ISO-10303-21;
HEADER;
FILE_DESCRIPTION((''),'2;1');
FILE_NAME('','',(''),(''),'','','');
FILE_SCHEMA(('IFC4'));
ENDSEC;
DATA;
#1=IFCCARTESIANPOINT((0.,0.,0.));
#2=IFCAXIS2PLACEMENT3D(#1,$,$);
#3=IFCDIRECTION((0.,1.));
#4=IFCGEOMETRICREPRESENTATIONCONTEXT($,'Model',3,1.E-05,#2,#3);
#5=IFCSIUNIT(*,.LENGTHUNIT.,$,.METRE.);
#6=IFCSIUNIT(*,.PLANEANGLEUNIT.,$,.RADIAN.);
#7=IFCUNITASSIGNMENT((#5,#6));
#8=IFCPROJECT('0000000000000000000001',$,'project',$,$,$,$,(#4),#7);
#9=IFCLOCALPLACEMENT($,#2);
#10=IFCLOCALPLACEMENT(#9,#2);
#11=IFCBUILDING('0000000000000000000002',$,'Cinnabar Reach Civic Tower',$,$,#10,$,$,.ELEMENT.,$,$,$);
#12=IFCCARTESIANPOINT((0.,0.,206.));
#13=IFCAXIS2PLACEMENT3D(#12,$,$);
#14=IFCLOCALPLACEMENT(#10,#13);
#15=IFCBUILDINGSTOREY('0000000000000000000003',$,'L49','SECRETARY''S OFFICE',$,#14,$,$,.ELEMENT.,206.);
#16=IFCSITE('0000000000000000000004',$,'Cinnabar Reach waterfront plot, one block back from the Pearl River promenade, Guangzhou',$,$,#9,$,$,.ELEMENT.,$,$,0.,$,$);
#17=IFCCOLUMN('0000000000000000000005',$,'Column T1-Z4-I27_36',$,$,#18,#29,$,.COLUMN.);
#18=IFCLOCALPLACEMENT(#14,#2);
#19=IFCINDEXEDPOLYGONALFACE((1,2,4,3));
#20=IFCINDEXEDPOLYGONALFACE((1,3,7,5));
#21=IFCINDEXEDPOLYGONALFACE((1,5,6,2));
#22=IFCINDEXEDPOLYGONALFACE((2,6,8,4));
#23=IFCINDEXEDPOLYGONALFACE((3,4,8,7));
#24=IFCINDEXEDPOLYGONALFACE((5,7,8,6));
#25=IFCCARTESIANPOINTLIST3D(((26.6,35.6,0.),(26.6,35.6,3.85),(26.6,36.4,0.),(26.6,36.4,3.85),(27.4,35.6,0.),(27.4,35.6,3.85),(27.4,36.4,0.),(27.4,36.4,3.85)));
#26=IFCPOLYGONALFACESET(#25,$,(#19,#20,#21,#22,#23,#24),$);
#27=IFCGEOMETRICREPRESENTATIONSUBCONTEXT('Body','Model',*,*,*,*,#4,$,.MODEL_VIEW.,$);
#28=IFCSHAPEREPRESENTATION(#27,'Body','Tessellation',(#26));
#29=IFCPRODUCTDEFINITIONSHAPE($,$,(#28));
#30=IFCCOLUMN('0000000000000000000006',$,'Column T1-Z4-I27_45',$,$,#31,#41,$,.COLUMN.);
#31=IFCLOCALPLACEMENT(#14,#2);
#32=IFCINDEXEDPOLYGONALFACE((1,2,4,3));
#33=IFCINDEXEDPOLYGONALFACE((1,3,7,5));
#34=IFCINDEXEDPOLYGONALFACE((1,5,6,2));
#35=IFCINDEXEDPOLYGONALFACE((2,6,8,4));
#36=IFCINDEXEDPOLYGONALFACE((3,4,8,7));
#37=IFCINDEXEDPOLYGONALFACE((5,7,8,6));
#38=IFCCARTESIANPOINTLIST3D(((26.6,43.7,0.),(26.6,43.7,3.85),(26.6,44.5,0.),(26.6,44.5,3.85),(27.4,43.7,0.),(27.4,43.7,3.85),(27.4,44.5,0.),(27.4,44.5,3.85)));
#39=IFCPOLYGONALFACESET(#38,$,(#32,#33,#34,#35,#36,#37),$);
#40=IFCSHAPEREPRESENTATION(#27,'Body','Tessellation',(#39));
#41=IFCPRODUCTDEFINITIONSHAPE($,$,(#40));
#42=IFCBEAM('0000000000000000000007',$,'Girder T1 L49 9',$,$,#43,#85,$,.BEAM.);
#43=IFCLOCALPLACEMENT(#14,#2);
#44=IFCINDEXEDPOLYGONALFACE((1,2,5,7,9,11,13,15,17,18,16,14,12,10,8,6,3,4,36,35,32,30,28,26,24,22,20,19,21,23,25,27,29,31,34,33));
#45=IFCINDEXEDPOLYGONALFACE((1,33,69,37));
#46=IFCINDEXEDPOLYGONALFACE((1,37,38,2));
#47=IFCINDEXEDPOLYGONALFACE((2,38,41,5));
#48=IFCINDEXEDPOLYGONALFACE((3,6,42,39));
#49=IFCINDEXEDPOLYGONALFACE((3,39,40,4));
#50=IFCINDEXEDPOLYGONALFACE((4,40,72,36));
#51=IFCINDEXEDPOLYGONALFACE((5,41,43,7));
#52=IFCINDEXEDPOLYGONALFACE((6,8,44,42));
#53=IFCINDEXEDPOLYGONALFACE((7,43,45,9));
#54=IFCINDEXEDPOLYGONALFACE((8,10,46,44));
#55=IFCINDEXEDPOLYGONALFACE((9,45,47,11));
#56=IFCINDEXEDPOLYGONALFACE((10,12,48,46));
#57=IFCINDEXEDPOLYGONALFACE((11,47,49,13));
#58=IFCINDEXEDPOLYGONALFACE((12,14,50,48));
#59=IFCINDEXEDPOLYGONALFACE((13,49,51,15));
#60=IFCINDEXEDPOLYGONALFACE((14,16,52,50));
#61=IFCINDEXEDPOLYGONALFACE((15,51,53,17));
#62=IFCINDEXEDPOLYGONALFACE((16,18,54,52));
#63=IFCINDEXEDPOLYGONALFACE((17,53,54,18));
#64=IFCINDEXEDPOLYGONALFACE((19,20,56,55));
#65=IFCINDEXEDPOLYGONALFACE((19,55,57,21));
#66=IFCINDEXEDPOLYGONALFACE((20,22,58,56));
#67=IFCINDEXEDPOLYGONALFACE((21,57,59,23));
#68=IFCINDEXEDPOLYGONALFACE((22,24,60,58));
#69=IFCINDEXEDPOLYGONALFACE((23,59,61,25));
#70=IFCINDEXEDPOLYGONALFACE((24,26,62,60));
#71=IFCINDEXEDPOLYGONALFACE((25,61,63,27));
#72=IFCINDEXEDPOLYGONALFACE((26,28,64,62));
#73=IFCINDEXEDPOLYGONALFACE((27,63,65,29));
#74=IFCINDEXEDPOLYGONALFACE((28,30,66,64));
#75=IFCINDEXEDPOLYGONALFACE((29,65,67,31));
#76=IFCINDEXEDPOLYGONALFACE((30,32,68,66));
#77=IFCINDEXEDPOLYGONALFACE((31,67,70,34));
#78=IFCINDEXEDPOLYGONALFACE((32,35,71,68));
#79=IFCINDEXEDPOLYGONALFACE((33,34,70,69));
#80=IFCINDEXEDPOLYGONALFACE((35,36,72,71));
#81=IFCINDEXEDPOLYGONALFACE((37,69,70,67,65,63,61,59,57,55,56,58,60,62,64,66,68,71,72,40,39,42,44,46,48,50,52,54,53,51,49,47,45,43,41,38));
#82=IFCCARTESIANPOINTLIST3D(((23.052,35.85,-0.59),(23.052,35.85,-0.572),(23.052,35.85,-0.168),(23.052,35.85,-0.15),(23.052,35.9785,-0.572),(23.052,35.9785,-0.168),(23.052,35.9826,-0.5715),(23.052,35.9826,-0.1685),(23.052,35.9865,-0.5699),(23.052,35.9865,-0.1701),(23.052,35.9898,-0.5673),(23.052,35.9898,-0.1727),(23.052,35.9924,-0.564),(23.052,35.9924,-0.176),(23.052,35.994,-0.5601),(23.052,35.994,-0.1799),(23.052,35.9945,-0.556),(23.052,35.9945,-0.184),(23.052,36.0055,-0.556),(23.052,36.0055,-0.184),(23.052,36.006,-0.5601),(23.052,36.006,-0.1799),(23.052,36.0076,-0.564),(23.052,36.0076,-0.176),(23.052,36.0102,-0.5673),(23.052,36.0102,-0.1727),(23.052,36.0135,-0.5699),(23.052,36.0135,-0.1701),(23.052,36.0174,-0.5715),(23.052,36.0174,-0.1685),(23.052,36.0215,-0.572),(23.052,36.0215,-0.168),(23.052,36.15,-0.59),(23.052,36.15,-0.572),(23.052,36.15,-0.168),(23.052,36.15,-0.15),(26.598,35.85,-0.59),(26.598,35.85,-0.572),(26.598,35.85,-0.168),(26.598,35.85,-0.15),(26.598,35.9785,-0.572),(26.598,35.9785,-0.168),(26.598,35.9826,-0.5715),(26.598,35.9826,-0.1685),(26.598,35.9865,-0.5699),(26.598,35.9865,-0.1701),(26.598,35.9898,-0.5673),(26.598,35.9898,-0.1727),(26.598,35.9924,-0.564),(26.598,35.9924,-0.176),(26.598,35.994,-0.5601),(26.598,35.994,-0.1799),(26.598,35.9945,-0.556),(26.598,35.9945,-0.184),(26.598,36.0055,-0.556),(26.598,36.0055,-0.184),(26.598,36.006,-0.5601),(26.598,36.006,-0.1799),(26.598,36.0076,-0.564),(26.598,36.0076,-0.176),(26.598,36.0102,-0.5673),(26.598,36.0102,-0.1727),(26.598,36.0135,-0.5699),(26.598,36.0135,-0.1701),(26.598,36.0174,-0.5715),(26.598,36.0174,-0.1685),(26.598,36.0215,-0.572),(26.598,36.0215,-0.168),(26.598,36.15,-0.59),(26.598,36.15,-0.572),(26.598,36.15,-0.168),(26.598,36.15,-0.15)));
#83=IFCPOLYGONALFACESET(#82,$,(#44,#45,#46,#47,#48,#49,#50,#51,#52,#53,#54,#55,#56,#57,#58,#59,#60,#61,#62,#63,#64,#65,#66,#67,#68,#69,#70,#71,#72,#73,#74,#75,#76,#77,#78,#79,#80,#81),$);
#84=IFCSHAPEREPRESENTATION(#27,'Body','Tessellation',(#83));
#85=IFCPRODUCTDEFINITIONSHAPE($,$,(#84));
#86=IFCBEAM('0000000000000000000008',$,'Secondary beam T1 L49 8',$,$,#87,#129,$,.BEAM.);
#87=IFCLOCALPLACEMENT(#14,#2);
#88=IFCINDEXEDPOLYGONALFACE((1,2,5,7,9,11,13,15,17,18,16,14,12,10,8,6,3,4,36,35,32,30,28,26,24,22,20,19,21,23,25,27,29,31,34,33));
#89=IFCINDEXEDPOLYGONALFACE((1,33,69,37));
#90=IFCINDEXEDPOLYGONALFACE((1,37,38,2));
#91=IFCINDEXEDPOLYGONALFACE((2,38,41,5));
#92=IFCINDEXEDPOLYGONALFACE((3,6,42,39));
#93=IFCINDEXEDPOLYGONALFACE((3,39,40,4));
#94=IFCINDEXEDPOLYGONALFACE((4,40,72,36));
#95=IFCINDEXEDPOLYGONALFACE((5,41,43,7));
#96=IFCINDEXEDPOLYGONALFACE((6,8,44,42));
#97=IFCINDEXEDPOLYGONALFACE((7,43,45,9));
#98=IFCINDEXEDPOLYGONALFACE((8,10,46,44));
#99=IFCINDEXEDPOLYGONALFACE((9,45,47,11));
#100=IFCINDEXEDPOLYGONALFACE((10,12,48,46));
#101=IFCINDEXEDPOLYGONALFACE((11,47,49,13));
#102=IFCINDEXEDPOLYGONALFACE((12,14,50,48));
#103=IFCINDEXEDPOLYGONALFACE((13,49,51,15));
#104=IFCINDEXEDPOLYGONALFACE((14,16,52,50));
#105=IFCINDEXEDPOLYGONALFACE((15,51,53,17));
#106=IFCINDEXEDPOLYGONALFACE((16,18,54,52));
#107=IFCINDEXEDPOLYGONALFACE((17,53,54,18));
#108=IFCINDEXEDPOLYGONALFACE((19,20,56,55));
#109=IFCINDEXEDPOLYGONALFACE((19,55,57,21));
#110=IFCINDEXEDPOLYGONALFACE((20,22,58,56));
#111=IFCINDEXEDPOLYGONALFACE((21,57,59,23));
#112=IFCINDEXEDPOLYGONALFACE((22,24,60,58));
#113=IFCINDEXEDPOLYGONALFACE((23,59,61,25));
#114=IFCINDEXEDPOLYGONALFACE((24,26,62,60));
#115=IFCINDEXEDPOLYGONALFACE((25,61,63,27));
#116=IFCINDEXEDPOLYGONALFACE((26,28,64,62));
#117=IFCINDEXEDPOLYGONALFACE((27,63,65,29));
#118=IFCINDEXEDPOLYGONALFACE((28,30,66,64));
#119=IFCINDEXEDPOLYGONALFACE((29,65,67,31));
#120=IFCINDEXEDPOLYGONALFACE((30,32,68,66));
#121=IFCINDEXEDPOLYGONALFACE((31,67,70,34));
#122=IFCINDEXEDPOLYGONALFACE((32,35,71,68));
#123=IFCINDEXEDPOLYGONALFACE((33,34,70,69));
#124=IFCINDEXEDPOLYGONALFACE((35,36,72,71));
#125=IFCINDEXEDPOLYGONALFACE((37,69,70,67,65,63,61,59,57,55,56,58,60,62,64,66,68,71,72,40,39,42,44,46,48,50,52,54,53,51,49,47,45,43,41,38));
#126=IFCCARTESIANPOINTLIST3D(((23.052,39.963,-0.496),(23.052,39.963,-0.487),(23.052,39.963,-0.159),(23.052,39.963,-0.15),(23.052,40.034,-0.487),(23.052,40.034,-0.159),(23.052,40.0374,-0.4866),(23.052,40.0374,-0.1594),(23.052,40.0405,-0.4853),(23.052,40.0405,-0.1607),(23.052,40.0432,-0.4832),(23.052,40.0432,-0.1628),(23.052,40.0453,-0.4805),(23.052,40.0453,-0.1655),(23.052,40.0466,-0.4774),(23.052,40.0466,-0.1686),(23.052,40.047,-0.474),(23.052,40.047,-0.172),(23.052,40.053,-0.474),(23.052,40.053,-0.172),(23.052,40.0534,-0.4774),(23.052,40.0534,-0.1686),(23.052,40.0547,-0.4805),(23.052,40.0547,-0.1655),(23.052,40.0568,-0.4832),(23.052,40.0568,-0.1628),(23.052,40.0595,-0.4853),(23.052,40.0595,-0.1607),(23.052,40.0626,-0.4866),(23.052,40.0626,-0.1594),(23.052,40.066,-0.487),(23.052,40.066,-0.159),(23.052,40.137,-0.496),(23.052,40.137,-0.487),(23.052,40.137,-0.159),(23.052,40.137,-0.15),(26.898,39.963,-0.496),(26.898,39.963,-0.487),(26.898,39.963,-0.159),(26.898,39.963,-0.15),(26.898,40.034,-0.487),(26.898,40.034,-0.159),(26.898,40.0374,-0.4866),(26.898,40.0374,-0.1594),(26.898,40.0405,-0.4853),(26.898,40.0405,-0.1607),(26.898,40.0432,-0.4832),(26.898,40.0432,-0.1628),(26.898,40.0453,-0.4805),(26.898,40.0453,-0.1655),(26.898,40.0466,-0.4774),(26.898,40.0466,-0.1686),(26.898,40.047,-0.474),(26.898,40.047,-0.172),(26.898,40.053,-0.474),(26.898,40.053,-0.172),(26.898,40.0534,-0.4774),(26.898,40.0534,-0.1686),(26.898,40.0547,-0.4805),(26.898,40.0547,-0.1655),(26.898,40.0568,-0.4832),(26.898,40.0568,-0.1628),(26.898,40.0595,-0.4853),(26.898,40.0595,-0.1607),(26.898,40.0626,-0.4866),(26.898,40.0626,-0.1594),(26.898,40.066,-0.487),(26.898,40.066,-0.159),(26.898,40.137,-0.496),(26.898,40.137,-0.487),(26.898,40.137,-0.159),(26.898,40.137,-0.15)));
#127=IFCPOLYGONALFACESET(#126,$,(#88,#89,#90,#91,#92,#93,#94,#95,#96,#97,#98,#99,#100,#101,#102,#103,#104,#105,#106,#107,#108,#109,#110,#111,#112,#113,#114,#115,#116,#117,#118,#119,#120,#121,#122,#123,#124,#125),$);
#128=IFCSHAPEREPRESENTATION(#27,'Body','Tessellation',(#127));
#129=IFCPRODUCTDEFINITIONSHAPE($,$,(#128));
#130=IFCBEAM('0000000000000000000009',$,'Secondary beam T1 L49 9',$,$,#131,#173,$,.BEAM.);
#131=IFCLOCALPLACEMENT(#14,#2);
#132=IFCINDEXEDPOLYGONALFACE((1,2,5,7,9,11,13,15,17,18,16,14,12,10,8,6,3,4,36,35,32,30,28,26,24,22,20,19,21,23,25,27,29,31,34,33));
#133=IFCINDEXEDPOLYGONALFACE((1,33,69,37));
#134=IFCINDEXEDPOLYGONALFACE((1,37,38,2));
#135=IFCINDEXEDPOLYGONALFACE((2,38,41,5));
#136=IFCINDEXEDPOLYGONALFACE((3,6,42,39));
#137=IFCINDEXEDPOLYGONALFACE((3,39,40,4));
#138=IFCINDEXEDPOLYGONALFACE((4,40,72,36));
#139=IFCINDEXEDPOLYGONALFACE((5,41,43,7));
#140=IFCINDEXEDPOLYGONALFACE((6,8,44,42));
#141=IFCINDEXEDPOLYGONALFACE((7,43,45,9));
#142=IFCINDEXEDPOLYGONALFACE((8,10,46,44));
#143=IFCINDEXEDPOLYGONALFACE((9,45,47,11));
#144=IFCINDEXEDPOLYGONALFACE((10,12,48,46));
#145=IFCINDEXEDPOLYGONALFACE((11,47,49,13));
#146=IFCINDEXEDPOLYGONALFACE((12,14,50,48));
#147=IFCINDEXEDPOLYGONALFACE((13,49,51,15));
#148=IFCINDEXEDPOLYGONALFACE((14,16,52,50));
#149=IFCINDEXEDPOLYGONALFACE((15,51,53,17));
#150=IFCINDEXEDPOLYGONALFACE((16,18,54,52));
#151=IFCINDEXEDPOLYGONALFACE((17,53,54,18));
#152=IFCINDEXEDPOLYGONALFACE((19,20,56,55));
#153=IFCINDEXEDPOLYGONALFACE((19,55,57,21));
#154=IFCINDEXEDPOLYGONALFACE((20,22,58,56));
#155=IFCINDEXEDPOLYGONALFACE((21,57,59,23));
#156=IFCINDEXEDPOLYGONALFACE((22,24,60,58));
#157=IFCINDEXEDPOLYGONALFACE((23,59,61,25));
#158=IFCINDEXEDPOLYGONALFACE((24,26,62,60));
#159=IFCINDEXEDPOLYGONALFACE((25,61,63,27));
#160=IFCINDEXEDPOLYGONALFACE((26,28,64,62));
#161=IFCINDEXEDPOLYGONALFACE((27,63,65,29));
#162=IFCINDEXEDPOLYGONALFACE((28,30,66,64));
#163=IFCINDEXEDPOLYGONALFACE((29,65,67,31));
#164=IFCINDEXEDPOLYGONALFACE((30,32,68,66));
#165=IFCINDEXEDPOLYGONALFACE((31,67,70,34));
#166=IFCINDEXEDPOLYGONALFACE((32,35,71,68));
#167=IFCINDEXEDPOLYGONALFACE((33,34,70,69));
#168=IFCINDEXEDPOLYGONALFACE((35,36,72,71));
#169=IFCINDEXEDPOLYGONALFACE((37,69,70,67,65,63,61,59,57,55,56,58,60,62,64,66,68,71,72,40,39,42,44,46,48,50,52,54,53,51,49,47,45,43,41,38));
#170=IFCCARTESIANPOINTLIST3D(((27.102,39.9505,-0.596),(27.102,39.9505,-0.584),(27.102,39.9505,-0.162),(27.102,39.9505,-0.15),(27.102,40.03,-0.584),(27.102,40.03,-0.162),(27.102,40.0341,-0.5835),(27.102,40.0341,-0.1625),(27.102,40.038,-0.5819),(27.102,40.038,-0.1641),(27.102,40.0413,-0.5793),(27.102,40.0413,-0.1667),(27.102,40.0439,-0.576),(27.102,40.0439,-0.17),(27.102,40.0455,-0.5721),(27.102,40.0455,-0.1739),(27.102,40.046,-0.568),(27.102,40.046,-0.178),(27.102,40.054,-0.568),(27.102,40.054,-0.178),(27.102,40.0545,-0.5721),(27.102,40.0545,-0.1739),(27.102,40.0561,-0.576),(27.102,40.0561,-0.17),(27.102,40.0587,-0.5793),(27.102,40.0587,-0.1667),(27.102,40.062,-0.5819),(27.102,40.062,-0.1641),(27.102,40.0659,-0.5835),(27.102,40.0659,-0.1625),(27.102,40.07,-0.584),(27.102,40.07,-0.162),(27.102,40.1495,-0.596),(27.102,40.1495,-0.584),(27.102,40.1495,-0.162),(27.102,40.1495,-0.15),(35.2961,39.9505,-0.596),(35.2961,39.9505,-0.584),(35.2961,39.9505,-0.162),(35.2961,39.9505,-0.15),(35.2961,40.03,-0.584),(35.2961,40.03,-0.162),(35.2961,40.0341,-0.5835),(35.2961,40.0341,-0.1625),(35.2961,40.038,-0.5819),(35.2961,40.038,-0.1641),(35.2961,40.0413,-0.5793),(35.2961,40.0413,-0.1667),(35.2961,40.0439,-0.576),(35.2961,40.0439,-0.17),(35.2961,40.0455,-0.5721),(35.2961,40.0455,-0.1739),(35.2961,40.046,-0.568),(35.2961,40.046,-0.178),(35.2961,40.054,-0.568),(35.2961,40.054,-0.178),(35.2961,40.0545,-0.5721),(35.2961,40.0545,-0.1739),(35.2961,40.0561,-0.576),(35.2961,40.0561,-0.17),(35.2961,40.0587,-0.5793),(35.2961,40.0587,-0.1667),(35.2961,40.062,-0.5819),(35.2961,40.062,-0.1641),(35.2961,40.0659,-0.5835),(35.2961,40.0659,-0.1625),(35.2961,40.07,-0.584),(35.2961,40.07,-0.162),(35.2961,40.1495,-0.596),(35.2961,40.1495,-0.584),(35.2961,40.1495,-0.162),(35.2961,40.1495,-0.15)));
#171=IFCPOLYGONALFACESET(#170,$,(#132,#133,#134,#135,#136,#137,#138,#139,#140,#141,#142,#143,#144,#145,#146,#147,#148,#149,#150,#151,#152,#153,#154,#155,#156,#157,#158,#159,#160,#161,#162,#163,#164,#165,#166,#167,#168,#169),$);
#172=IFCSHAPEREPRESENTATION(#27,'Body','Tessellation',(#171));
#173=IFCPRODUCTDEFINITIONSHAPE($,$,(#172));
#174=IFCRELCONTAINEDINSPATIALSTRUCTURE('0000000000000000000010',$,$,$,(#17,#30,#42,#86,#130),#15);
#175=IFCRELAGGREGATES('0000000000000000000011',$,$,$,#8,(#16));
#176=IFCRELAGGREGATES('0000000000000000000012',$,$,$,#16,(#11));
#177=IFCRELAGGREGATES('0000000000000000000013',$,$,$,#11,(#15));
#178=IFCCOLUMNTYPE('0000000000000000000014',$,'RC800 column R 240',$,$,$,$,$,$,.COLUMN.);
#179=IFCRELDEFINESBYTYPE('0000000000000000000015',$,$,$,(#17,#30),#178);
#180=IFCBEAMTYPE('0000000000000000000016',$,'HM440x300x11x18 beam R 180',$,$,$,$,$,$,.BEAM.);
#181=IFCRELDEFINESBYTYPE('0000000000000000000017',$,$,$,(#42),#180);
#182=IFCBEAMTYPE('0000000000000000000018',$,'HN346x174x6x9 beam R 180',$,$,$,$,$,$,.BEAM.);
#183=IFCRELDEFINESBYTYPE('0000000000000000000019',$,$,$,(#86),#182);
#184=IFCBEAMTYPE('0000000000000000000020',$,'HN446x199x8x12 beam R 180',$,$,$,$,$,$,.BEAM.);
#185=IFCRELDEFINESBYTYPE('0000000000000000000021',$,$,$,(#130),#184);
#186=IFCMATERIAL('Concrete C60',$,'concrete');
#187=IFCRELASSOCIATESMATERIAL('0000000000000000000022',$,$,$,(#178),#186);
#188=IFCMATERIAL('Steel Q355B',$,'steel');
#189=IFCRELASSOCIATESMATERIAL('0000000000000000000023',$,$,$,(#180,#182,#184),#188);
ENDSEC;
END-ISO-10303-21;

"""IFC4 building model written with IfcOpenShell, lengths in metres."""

from ifc_helpers import new_model, si_unit, direction, frame, origin, origin_2d, place, context, subcontext, project, spatial, rectangle, i_section, extrude, material, material_profile, profile_set, type_object, element, save


model = new_model("IFC4")

# Units and contexts
model_context = context("Model", 3, precision=1e-05, world=origin(), true_north=direction((0.0, 1.0)))
body_context = subcontext(model_context, "Body", "Model", "MODEL_VIEW")
ifc_project = project(units=[si_unit("LENGTHUNIT", "METRE"), si_unit("PLANEANGLEUNIT", "RADIAN")], contexts=[model_context])

# Site, building, storey
site_placement = place(None, origin())
site = spatial("IfcSite", under=ifc_project, at=site_placement, Name="Cinnabar Reach waterfront plot, one block back from the Pearl River promenade, Guangzhou", CompositionType="ELEMENT", RefElevation=0.0)
building_placement = place(site_placement, origin())
building = spatial("IfcBuilding", under=site, at=building_placement, Name="Cinnabar Reach Civic Tower", CompositionType="ELEMENT")
storey_placement = place(building_placement, frame((0.0, 0.0, 206.0)))
storey = spatial("IfcBuildingStorey", under=building, at=storey_placement, Name="L49", Description="SECRETARY'S OFFICE", CompositionType="ELEMENT", Elevation=206.0)

# Columns
ifc_material_1 = material(Name="Concrete C60", Category="concrete")
ifc_material_profile_1 = material_profile(ifc_material_1, rectangle(XDim=0.8, YDim=0.8, at=origin_2d()), Name="RC800")
ifc_profile_set_1 = profile_set([ifc_material_profile_1], Name="Concrete C60")
column_type = type_object("IfcColumnType", Name="RC800 column R 240", PredefinedType="COLUMN", material=ifc_profile_set_1)
for number, where, z_axis, x_axis, name in (
    (1, (27.0, 36.0, 0.0), (0.0, 0.0, 1.0), (1.0, 0.0, 0.0), "Column T1-Z4-I27_36"),
    (2, (27.0, 44.1, 0.0), (0.0, 0.0, 1.0), (1.0, 0.0, 0.0), "Column T1-Z4-I27_45"),
):
    element("IfcColumn", number, at=place(storey_placement, frame(where, z_axis=z_axis, x_axis=x_axis)), inside=storey, type_object=column_type, Name=name, PredefinedType="COLUMN", context=body_context, shape_type="SweptSolid", body=[
        extrude(rectangle(XDim=0.8, YDim=0.8, at=origin_2d()), origin(), (0.0, 0.0, 1.0), 3.85),
    ])

# Beams
ifc_material_2 = material(Name="Steel Q355B", Category="steel")
ifc_material_profile_2 = material_profile(ifc_material_2, i_section(OverallWidth=0.3, OverallDepth=0.44, WebThickness=0.011, FlangeThickness=0.018, FilletRadius=0.016, at=origin_2d()), Name="HM440x300x11x18")
ifc_profile_set_2 = profile_set([ifc_material_profile_2], Name="Steel Q355B")
beam_type_1 = type_object("IfcBeamType", Name="HM440x300x11x18 beam R 180", PredefinedType="BEAM", material=ifc_profile_set_2)
beam_1_placement = place(storey_placement, frame((23.052, 36.0, -0.37), z_axis=(1.0, 0.0, 0.0), x_axis=(0.0, 1.0, 0.0)))
element("IfcBeam", 3, at=beam_1_placement, inside=storey, type_object=beam_type_1, Name="Girder T1 L49 9", PredefinedType="BEAM", context=body_context, shape_type="SweptSolid", body=[
    extrude(i_section(OverallWidth=0.3, OverallDepth=0.44, WebThickness=0.011, FlangeThickness=0.018, FilletRadius=0.016, at=origin_2d()), origin(), (0.0, 0.0, 1.0), 3.546),
])
ifc_material_profile_3 = material_profile(ifc_material_2, i_section(OverallWidth=0.174, OverallDepth=0.346, WebThickness=0.006, FlangeThickness=0.009, FilletRadius=0.013, at=origin_2d()), Name="HN346x174x6x9")
ifc_profile_set_3 = profile_set([ifc_material_profile_3], Name="Steel Q355B")
beam_type_2 = type_object("IfcBeamType", Name="HN346x174x6x9 beam R 180", PredefinedType="BEAM", material=ifc_profile_set_3)
beam_2_placement = place(storey_placement, frame((23.052, 40.05, -0.323), z_axis=(1.0, 0.0, 0.0), x_axis=(0.0, 1.0, 0.0)))
element("IfcBeam", 4, at=beam_2_placement, inside=storey, type_object=beam_type_2, Name="Secondary beam T1 L49 8", PredefinedType="BEAM", context=body_context, shape_type="SweptSolid", body=[
    extrude(i_section(OverallWidth=0.174, OverallDepth=0.346, WebThickness=0.006, FlangeThickness=0.009, FilletRadius=0.013, at=origin_2d()), origin(), (0.0, 0.0, 1.0), 3.846),
])
ifc_material_profile_4 = material_profile(ifc_material_2, i_section(OverallWidth=0.199, OverallDepth=0.446, WebThickness=0.008, FlangeThickness=0.012, FilletRadius=0.016, at=origin_2d()), Name="HN446x199x8x12")
ifc_profile_set_4 = profile_set([ifc_material_profile_4], Name="Steel Q355B")
beam_type_3 = type_object("IfcBeamType", Name="HN446x199x8x12 beam R 180", PredefinedType="BEAM", material=ifc_profile_set_4)
beam_3_placement = place(storey_placement, frame((27.102, 40.05, -0.373), z_axis=(1.0, 0.0, 0.0), x_axis=(0.0, 1.0, 0.0)))
element("IfcBeam", 5, at=beam_3_placement, inside=storey, type_object=beam_type_3, Name="Secondary beam T1 L49 9", PredefinedType="BEAM", context=body_context, shape_type="SweptSolid", body=[
    extrude(i_section(OverallWidth=0.199, OverallDepth=0.446, WebThickness=0.008, FlangeThickness=0.012, FilletRadius=0.016, at=origin_2d()), origin(), (0.0, 0.0, 1.0), 8.1941),
])

save(model, "model.ifc")
